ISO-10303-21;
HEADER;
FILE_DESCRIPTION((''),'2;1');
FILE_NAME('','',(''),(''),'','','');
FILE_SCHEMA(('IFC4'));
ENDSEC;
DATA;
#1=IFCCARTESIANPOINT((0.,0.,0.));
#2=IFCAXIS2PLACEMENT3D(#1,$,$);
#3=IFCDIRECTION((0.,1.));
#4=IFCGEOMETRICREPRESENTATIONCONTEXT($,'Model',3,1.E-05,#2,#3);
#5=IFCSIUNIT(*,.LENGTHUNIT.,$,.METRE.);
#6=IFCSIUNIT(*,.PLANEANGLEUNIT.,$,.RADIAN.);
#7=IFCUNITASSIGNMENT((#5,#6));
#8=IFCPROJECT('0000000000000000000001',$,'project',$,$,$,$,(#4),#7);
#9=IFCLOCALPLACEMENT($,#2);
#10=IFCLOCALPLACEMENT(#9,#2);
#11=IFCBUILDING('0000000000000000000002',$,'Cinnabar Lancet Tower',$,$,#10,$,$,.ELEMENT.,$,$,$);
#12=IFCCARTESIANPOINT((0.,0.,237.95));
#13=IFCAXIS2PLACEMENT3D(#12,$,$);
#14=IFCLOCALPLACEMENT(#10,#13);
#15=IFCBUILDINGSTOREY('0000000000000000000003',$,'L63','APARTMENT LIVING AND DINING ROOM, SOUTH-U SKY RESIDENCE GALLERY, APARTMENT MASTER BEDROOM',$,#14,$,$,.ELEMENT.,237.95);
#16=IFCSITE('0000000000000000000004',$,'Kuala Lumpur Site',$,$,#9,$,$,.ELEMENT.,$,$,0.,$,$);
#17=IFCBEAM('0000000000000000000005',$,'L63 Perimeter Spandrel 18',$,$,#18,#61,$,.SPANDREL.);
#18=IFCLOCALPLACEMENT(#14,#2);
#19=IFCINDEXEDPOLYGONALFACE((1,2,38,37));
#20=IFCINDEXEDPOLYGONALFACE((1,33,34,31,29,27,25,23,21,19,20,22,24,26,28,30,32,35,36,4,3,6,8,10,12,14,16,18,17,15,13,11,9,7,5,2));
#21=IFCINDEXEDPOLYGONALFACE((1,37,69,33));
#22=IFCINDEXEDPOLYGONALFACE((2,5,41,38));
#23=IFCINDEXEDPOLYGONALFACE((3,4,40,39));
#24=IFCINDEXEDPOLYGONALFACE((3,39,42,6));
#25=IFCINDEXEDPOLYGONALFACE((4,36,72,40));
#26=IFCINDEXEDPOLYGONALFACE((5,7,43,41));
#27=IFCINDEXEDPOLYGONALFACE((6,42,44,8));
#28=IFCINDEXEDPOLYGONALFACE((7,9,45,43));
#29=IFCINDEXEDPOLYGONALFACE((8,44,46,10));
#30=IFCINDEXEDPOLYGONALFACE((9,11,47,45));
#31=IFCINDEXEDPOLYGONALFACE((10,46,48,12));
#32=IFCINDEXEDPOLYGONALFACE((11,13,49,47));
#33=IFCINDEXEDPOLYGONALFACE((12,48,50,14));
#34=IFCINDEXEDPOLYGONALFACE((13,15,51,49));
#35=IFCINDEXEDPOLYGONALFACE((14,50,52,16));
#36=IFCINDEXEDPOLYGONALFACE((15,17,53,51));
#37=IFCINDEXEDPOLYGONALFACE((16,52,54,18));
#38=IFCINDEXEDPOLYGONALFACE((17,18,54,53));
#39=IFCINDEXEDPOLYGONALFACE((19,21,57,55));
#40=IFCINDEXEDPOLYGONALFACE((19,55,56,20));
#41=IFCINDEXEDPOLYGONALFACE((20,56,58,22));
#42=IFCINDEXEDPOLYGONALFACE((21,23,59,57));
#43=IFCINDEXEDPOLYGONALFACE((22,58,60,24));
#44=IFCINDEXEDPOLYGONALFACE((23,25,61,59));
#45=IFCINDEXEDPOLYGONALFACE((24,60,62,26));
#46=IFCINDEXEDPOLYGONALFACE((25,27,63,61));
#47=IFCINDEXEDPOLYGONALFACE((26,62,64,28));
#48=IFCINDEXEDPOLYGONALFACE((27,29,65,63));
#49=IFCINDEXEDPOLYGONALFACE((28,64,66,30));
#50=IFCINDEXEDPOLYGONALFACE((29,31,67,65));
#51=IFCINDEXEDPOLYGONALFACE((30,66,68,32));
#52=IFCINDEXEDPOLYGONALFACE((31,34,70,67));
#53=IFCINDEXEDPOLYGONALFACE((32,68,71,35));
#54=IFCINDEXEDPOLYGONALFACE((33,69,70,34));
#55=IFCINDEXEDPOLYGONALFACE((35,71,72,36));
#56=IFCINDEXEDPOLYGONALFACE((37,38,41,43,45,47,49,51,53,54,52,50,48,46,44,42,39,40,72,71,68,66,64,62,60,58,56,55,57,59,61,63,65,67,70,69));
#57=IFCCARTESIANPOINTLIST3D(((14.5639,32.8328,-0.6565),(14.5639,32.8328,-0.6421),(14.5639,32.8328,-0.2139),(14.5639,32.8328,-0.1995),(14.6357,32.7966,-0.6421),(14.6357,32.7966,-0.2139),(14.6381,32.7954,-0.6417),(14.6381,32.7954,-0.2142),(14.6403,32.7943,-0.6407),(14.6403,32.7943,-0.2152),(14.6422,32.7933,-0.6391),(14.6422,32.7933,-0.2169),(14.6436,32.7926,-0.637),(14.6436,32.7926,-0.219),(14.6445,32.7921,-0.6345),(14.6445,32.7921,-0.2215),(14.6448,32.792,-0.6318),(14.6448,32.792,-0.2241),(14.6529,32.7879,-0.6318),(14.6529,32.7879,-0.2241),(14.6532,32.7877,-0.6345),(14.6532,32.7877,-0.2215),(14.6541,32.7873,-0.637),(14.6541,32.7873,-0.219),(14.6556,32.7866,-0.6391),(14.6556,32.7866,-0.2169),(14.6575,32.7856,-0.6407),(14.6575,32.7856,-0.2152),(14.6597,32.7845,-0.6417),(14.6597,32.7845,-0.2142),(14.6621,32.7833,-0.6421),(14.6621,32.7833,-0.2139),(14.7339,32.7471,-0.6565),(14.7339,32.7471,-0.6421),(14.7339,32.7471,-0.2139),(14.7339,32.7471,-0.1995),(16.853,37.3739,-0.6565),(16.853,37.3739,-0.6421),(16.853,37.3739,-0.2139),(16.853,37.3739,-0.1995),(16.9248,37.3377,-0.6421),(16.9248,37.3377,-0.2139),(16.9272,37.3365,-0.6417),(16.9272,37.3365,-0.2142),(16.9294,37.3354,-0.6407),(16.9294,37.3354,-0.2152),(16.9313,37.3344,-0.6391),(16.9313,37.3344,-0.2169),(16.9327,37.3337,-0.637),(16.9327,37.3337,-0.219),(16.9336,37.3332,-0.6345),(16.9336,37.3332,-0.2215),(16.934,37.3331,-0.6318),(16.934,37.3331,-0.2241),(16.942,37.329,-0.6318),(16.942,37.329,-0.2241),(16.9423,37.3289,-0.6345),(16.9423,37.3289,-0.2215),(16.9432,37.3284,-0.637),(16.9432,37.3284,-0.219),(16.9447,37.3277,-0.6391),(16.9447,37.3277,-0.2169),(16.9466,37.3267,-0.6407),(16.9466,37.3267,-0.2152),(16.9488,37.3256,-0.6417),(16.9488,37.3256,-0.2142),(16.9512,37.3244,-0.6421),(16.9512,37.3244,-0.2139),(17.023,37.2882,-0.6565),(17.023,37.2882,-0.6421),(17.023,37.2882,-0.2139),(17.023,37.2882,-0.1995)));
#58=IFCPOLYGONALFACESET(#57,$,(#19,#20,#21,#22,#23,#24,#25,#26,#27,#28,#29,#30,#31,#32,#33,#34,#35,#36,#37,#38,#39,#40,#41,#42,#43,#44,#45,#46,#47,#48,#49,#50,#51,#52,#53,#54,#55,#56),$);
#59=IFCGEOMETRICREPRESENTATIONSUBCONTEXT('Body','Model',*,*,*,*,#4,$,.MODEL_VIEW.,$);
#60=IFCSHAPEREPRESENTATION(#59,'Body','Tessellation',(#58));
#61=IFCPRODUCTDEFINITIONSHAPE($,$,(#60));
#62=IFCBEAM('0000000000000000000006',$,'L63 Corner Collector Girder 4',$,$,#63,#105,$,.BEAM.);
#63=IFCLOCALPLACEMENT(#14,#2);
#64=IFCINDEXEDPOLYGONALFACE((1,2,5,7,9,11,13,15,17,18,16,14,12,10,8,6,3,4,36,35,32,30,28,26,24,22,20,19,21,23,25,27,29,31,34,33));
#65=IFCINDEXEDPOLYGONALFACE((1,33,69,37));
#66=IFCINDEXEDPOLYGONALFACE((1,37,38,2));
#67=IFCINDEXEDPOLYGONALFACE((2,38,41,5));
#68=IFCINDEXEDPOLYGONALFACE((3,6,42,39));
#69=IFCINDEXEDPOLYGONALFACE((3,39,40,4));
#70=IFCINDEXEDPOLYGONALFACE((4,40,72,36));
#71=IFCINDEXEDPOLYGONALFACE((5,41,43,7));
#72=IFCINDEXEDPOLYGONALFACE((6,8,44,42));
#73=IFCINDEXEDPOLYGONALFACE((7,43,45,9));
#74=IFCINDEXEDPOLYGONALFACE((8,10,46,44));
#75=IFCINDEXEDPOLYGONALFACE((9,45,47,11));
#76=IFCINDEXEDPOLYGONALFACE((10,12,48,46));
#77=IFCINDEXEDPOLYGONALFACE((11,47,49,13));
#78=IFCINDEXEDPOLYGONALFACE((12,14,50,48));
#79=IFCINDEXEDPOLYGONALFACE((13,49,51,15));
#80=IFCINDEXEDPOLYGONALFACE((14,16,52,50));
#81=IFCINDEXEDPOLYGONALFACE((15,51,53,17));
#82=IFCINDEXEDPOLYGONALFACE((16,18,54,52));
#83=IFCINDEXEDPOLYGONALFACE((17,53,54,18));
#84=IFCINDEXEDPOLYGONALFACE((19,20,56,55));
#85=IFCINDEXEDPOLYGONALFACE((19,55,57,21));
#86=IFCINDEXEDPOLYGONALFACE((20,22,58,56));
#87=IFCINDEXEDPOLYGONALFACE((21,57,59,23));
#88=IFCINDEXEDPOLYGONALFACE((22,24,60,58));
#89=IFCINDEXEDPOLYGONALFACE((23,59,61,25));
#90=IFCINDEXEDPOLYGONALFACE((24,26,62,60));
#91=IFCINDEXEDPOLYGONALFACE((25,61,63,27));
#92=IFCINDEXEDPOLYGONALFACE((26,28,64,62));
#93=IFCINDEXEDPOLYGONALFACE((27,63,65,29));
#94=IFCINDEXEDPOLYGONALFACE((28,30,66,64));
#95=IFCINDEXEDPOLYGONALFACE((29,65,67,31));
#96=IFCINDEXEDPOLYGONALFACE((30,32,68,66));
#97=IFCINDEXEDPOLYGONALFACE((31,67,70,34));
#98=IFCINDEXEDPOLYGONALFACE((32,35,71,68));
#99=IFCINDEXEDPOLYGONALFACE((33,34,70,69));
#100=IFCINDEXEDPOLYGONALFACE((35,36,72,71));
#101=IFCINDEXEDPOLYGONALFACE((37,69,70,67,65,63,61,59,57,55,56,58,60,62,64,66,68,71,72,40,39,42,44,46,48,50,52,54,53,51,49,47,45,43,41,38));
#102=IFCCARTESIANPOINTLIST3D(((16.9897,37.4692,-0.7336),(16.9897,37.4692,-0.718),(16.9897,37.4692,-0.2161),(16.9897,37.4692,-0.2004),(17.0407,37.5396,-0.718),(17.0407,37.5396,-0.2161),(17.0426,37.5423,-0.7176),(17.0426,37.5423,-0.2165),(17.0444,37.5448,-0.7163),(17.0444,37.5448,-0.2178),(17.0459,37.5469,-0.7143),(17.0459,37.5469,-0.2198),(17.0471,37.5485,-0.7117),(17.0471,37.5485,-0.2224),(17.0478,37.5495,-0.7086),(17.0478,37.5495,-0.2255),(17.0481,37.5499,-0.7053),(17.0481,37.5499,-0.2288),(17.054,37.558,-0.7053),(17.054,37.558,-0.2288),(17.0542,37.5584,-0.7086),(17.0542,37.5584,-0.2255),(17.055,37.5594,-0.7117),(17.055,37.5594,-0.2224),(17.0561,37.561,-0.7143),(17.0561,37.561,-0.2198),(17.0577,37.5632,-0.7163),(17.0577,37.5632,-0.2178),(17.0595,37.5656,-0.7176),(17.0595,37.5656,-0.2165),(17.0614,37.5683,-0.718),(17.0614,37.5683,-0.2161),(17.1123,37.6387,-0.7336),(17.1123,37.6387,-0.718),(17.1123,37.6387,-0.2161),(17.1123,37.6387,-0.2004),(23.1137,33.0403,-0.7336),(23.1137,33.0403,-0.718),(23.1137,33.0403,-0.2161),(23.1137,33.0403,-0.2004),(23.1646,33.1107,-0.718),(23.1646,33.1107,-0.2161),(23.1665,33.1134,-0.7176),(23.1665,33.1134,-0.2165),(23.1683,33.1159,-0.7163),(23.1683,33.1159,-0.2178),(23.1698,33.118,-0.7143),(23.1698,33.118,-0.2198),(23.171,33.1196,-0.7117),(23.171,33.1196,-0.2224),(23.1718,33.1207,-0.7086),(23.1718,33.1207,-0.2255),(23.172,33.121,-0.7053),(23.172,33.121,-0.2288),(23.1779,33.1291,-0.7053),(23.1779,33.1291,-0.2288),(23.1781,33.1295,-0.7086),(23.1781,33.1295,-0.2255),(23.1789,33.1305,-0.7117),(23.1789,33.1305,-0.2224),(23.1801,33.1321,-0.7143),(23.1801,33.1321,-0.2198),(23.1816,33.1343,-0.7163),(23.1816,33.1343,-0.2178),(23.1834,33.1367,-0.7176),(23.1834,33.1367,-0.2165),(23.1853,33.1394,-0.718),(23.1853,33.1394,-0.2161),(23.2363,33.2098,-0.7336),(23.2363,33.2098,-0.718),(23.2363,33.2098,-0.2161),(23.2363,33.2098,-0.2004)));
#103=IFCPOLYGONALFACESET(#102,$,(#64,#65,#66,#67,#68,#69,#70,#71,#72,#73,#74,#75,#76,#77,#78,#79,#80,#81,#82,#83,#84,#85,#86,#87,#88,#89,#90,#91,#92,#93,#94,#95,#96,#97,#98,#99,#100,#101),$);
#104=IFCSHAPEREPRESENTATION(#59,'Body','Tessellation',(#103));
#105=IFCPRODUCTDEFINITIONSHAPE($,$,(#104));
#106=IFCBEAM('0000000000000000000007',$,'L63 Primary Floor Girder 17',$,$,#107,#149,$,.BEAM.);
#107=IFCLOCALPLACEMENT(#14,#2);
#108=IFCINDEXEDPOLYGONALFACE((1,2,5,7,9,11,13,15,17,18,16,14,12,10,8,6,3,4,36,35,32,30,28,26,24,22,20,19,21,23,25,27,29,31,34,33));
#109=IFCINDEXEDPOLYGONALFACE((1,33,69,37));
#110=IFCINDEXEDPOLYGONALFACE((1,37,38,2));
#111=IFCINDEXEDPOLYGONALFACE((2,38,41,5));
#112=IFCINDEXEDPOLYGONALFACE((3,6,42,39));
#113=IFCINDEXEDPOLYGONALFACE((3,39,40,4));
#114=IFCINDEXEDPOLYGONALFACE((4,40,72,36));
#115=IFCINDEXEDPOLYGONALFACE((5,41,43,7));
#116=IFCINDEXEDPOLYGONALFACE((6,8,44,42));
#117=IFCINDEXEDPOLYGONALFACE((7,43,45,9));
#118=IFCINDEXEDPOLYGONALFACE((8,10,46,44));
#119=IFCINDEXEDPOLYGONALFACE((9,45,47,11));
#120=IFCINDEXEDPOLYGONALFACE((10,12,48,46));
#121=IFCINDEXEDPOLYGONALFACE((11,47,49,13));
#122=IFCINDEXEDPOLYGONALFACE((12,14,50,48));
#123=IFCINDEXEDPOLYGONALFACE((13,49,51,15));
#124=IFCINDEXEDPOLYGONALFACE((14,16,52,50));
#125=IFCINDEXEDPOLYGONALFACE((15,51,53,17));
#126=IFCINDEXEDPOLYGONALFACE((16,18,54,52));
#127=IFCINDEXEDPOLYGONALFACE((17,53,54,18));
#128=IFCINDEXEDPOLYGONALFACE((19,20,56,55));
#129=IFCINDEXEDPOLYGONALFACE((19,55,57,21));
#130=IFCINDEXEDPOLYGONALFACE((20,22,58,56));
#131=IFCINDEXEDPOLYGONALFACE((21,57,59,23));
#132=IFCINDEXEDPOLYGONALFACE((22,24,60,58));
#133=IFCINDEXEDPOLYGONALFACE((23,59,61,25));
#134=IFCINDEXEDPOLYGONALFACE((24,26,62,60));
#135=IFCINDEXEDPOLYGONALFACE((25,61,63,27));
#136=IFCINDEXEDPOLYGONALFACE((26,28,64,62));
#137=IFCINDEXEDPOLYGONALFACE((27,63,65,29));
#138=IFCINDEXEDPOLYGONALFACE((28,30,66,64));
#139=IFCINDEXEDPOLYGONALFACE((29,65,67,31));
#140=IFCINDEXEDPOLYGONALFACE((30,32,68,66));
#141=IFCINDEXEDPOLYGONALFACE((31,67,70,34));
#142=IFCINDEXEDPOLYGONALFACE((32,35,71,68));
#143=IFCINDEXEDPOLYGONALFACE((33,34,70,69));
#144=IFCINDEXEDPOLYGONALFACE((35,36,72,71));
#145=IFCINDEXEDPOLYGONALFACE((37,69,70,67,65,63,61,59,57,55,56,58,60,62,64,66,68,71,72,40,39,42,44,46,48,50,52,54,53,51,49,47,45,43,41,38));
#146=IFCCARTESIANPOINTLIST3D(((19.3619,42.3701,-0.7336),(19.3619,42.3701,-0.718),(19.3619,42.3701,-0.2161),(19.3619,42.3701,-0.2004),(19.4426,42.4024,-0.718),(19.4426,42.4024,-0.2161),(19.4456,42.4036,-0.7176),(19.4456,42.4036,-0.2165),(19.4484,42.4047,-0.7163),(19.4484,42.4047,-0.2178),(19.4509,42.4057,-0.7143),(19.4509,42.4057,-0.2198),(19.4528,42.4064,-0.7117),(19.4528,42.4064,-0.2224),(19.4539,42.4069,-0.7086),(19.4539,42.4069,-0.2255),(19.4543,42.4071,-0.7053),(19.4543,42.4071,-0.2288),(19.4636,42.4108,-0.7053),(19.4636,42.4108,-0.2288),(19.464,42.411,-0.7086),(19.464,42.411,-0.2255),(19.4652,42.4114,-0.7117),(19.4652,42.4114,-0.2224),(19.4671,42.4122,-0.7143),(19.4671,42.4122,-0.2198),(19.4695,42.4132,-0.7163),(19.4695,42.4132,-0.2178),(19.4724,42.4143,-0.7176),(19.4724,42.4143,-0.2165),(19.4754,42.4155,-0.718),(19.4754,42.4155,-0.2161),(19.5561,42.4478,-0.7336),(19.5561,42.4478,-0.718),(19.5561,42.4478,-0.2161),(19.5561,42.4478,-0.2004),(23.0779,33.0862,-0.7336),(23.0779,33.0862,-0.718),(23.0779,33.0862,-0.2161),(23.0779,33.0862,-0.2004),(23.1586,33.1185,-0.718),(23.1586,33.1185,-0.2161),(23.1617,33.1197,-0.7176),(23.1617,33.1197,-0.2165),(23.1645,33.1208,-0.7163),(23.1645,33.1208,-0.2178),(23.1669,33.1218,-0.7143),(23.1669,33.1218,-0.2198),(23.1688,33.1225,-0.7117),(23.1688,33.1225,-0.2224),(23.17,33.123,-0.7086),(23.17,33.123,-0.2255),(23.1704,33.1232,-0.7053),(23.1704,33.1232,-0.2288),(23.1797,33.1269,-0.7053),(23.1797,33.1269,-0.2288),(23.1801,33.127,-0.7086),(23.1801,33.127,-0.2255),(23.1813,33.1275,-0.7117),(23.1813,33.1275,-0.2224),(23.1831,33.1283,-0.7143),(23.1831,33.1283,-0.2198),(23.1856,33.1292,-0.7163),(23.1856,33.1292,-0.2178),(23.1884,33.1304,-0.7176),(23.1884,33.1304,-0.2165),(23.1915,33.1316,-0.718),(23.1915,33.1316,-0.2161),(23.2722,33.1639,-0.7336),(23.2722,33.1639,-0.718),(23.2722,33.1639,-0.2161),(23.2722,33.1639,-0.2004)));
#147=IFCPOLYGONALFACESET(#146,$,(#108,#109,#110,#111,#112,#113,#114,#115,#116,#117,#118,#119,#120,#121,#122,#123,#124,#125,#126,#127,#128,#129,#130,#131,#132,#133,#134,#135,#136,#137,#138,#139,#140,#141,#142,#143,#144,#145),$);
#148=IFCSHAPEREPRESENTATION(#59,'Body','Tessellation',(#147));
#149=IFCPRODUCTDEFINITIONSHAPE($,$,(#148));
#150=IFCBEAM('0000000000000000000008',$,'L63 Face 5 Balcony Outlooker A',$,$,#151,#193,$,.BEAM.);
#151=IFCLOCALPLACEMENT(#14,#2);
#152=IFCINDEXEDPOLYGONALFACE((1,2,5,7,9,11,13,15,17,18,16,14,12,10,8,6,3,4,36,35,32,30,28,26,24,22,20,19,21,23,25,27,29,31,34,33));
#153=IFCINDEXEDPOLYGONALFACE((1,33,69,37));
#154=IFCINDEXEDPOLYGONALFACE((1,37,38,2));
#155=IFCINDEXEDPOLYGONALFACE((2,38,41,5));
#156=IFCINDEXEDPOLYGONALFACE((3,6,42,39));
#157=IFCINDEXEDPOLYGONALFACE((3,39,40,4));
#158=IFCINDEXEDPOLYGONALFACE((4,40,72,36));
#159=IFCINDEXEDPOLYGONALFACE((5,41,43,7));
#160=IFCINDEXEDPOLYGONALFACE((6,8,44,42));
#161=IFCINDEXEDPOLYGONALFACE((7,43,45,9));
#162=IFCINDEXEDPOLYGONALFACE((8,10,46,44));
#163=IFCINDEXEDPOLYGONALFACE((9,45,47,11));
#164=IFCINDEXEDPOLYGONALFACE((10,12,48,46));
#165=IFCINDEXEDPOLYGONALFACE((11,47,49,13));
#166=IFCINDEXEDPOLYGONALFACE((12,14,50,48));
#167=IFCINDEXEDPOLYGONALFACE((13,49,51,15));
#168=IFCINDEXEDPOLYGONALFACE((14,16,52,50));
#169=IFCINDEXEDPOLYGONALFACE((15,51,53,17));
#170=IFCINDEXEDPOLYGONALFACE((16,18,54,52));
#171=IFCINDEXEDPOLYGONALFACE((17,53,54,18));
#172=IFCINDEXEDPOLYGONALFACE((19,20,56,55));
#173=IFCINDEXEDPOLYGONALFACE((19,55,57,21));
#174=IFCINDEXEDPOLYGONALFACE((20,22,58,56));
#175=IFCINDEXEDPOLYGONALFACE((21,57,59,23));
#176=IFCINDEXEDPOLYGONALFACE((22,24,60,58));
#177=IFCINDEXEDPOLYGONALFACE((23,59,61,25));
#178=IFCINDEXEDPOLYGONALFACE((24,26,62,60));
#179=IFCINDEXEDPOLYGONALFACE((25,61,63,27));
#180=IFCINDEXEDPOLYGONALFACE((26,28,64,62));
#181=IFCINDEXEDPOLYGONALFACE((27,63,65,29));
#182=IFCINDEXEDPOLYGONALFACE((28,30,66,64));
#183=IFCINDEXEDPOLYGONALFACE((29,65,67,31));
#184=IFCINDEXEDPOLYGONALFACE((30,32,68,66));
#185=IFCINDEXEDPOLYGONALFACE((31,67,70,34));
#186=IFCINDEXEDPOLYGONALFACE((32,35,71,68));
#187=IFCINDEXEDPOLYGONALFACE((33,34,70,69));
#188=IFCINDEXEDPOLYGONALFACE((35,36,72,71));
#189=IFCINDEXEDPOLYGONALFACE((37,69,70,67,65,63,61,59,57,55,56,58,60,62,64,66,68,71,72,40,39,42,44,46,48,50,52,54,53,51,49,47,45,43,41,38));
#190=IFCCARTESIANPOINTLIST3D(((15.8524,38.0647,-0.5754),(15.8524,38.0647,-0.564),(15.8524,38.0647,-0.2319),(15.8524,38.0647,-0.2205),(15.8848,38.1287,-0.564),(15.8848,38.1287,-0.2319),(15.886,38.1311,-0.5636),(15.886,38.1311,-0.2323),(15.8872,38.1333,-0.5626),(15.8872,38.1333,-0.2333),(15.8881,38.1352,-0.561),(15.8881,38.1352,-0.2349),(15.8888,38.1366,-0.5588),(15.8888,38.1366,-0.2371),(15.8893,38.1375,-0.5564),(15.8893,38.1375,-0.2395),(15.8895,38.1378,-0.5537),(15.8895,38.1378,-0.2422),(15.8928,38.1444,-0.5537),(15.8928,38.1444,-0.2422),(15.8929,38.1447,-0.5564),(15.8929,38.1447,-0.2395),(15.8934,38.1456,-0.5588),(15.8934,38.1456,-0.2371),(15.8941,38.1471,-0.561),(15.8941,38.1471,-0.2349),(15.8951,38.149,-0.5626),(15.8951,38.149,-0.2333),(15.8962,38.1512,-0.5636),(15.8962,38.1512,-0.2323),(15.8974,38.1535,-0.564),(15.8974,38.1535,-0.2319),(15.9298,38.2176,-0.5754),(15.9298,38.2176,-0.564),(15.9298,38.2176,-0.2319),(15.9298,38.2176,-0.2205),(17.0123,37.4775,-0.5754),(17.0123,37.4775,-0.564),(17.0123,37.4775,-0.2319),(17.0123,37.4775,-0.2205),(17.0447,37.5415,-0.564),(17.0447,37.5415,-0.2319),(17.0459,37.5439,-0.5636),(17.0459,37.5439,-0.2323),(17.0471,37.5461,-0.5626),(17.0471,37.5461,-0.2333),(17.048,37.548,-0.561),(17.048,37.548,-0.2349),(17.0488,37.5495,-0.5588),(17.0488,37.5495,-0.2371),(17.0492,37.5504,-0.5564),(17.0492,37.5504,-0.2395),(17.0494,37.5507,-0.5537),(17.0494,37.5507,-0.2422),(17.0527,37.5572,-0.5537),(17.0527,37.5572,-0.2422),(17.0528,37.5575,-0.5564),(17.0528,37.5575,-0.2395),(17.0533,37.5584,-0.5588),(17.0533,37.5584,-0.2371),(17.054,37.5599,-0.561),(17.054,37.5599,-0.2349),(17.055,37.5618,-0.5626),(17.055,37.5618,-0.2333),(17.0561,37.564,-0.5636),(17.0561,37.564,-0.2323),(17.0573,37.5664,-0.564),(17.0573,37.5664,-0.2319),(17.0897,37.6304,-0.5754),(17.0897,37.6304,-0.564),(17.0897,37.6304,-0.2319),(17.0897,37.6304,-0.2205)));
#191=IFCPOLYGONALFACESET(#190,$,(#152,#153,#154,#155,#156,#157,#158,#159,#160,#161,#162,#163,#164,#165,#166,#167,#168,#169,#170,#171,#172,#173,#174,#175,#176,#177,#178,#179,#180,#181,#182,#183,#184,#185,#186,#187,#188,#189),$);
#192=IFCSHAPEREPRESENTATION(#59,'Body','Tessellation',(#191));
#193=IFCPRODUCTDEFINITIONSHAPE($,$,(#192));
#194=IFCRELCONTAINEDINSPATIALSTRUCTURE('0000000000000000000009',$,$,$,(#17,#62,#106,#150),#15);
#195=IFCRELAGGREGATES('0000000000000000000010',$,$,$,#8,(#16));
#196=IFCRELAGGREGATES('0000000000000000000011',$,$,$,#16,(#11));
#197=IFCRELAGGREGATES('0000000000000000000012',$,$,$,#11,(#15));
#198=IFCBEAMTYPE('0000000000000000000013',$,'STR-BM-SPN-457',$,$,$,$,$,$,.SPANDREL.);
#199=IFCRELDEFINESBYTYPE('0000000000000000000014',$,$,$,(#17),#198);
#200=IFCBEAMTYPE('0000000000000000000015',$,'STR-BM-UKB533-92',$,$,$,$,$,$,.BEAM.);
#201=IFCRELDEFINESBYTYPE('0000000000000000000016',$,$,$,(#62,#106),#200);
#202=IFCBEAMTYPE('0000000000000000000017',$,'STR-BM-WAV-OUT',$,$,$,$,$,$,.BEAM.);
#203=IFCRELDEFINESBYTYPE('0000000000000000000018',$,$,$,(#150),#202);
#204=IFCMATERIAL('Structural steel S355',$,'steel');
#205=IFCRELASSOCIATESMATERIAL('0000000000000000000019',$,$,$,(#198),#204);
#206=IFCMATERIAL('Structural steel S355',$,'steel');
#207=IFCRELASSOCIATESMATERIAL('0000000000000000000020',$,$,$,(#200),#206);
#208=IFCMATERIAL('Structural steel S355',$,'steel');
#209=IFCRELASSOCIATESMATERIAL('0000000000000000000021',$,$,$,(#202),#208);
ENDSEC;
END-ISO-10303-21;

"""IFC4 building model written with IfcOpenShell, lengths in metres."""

from ifc_helpers import new_model, si_unit, direction, frame, origin, origin_2d, place, context, subcontext, project, spatial, i_section, extrude, material, material_profile, profile_set, type_object, element, save


model = new_model("IFC4")

# Units and contexts
model_context = context("Model", 3, precision=1e-05, world=origin(), true_north=direction((0.0, 1.0)))
body_context = subcontext(model_context, "Body", "Model", "MODEL_VIEW")
ifc_project = project(units=[si_unit("LENGTHUNIT", "METRE"), si_unit("PLANEANGLEUNIT", "RADIAN")], contexts=[model_context])

# Site, building, storey
site_placement = place(None, origin())
site = spatial("IfcSite", under=ifc_project, at=site_placement, Name="Kuala Lumpur Site", CompositionType="ELEMENT", RefElevation=0.0)
building_placement = place(site_placement, origin())
building = spatial("IfcBuilding", under=site, at=building_placement, Name="Cinnabar Lancet Tower", CompositionType="ELEMENT")
storey_placement = place(building_placement, frame((0.0, 0.0, 237.95)))
storey = spatial("IfcBuildingStorey", under=building, at=storey_placement, Name="L63", Description="APARTMENT LIVING AND DINING ROOM, SOUTH-U SKY RESIDENCE GALLERY, APARTMENT MASTER BEDROOM", CompositionType="ELEMENT", Elevation=237.95)

# Beams
ifc_material_1 = material(Name="Structural steel S355", Category="steel")
ifc_material_profile_1 = material_profile(ifc_material_1, i_section(OverallWidth=0.1904, OverallDepth=0.457, WebThickness=0.009, FlangeThickness=0.0144, FilletRadius=0.0103, at=origin_2d()), Name="UKB 457x191x74")
ifc_profile_set_1 = profile_set([ifc_material_profile_1], Name="Structural steel S355")
beam_type_1 = type_object("IfcBeamType", Name="STR-BM-SPN-457", PredefinedType="SPANDREL", material=ifc_profile_set_1)
beam_1_placement = place(storey_placement, frame((16.938, 37.3311, -0.428), z_axis=(-0.45013, -0.892963, 0.0), x_axis=(0.892963, -0.45013, 0.0)))
element("IfcBeam", 1, at=beam_1_placement, inside=storey, type_object=beam_type_1, Name="L63 Perimeter Spandrel 18", PredefinedType="SPANDREL", context=body_context, shape_type="SweptSolid", body=[
    extrude(i_section(OverallWidth=0.1904, OverallDepth=0.457, WebThickness=0.009, FlangeThickness=0.0144, FilletRadius=0.0103, at=origin_2d()), origin(), (0.0, 0.0, 1.0), 5.0854),
])
ifc_material_2 = material(Name="Structural steel S355", Category="steel")
ifc_material_profile_2 = material_profile(ifc_material_2, i_section(OverallWidth=0.2092, OverallDepth=0.5332, WebThickness=0.01, FlangeThickness=0.0156, FilletRadius=0.0127, at=origin_2d()), Name="UKB 533x210x92")
ifc_profile_set_2 = profile_set([ifc_material_profile_2], Name="Structural steel S355")
beam_type_2 = type_object("IfcBeamType", Name="STR-BM-UKB533-92", PredefinedType="BEAM", material=ifc_profile_set_2)
beam_2_placement = place(storey_placement, frame((17.051, 37.554, -0.467), z_axis=(0.810299, -0.586016, 0.0), x_axis=(0.586016, 0.810299, 0.0)))
element("IfcBeam", 2, at=beam_2_placement, inside=storey, type_object=beam_type_2, Name="L63 Corner Collector Girder 4", PredefinedType="BEAM", context=body_context, shape_type="SweptSolid", body=[
    extrude(i_section(OverallWidth=0.2092, OverallDepth=0.5332, WebThickness=0.01, FlangeThickness=0.0156, FilletRadius=0.0127, at=origin_2d()), origin(), (0.0, 0.0, 1.0), 7.5576),
])
beam_3_placement = place(storey_placement, frame((19.459, 42.4089, -0.467), z_axis=(0.371605, -0.928391, 0.0), x_axis=(0.928391, 0.371605, 0.0)))
element("IfcBeam", 3, at=beam_3_placement, inside=storey, type_object=beam_type_2, Name="L63 Primary Floor Girder 17", PredefinedType="BEAM", context=body_context, shape_type="SweptSolid", body=[
    extrude(i_section(OverallWidth=0.2092, OverallDepth=0.5332, WebThickness=0.01, FlangeThickness=0.0156, FilletRadius=0.0127, at=origin_2d()), origin(), (0.0, 0.0, 1.0), 10.0),
])
ifc_material_3 = material(Name="Structural steel S355", Category="steel")
ifc_material_profile_3 = material_profile(ifc_material_3, i_section(OverallWidth=0.1714, OverallDepth=0.355, WebThickness=0.0073, FlangeThickness=0.0115, FilletRadius=0.0103, at=origin_2d()), Name="UKB 356x171x51")
ifc_profile_set_3 = profile_set([ifc_material_profile_3], Name="Structural steel S355")
beam_type_3 = type_object("IfcBeamType", Name="STR-BM-WAV-OUT", PredefinedType="BEAM", material=ifc_profile_set_3)
beam_4_placement = place(storey_placement, frame((17.051, 37.554, -0.3979), z_axis=(-0.8922, 0.45164, 0.0), x_axis=(-0.45164, -0.8922, 0.0)))
element("IfcBeam", 4, at=beam_4_placement, inside=storey, type_object=beam_type_3, Name="L63 Face 5 Balcony Outlooker A", PredefinedType="BEAM", context=body_context, shape_type="SweptSolid", body=[
    extrude(i_section(OverallWidth=0.1714, OverallDepth=0.355, WebThickness=0.0073, FlangeThickness=0.0115, FilletRadius=0.0103, at=origin_2d()), origin(), (0.0, 0.0, 1.0), 1.3),
])

save(model, "model.ifc")
